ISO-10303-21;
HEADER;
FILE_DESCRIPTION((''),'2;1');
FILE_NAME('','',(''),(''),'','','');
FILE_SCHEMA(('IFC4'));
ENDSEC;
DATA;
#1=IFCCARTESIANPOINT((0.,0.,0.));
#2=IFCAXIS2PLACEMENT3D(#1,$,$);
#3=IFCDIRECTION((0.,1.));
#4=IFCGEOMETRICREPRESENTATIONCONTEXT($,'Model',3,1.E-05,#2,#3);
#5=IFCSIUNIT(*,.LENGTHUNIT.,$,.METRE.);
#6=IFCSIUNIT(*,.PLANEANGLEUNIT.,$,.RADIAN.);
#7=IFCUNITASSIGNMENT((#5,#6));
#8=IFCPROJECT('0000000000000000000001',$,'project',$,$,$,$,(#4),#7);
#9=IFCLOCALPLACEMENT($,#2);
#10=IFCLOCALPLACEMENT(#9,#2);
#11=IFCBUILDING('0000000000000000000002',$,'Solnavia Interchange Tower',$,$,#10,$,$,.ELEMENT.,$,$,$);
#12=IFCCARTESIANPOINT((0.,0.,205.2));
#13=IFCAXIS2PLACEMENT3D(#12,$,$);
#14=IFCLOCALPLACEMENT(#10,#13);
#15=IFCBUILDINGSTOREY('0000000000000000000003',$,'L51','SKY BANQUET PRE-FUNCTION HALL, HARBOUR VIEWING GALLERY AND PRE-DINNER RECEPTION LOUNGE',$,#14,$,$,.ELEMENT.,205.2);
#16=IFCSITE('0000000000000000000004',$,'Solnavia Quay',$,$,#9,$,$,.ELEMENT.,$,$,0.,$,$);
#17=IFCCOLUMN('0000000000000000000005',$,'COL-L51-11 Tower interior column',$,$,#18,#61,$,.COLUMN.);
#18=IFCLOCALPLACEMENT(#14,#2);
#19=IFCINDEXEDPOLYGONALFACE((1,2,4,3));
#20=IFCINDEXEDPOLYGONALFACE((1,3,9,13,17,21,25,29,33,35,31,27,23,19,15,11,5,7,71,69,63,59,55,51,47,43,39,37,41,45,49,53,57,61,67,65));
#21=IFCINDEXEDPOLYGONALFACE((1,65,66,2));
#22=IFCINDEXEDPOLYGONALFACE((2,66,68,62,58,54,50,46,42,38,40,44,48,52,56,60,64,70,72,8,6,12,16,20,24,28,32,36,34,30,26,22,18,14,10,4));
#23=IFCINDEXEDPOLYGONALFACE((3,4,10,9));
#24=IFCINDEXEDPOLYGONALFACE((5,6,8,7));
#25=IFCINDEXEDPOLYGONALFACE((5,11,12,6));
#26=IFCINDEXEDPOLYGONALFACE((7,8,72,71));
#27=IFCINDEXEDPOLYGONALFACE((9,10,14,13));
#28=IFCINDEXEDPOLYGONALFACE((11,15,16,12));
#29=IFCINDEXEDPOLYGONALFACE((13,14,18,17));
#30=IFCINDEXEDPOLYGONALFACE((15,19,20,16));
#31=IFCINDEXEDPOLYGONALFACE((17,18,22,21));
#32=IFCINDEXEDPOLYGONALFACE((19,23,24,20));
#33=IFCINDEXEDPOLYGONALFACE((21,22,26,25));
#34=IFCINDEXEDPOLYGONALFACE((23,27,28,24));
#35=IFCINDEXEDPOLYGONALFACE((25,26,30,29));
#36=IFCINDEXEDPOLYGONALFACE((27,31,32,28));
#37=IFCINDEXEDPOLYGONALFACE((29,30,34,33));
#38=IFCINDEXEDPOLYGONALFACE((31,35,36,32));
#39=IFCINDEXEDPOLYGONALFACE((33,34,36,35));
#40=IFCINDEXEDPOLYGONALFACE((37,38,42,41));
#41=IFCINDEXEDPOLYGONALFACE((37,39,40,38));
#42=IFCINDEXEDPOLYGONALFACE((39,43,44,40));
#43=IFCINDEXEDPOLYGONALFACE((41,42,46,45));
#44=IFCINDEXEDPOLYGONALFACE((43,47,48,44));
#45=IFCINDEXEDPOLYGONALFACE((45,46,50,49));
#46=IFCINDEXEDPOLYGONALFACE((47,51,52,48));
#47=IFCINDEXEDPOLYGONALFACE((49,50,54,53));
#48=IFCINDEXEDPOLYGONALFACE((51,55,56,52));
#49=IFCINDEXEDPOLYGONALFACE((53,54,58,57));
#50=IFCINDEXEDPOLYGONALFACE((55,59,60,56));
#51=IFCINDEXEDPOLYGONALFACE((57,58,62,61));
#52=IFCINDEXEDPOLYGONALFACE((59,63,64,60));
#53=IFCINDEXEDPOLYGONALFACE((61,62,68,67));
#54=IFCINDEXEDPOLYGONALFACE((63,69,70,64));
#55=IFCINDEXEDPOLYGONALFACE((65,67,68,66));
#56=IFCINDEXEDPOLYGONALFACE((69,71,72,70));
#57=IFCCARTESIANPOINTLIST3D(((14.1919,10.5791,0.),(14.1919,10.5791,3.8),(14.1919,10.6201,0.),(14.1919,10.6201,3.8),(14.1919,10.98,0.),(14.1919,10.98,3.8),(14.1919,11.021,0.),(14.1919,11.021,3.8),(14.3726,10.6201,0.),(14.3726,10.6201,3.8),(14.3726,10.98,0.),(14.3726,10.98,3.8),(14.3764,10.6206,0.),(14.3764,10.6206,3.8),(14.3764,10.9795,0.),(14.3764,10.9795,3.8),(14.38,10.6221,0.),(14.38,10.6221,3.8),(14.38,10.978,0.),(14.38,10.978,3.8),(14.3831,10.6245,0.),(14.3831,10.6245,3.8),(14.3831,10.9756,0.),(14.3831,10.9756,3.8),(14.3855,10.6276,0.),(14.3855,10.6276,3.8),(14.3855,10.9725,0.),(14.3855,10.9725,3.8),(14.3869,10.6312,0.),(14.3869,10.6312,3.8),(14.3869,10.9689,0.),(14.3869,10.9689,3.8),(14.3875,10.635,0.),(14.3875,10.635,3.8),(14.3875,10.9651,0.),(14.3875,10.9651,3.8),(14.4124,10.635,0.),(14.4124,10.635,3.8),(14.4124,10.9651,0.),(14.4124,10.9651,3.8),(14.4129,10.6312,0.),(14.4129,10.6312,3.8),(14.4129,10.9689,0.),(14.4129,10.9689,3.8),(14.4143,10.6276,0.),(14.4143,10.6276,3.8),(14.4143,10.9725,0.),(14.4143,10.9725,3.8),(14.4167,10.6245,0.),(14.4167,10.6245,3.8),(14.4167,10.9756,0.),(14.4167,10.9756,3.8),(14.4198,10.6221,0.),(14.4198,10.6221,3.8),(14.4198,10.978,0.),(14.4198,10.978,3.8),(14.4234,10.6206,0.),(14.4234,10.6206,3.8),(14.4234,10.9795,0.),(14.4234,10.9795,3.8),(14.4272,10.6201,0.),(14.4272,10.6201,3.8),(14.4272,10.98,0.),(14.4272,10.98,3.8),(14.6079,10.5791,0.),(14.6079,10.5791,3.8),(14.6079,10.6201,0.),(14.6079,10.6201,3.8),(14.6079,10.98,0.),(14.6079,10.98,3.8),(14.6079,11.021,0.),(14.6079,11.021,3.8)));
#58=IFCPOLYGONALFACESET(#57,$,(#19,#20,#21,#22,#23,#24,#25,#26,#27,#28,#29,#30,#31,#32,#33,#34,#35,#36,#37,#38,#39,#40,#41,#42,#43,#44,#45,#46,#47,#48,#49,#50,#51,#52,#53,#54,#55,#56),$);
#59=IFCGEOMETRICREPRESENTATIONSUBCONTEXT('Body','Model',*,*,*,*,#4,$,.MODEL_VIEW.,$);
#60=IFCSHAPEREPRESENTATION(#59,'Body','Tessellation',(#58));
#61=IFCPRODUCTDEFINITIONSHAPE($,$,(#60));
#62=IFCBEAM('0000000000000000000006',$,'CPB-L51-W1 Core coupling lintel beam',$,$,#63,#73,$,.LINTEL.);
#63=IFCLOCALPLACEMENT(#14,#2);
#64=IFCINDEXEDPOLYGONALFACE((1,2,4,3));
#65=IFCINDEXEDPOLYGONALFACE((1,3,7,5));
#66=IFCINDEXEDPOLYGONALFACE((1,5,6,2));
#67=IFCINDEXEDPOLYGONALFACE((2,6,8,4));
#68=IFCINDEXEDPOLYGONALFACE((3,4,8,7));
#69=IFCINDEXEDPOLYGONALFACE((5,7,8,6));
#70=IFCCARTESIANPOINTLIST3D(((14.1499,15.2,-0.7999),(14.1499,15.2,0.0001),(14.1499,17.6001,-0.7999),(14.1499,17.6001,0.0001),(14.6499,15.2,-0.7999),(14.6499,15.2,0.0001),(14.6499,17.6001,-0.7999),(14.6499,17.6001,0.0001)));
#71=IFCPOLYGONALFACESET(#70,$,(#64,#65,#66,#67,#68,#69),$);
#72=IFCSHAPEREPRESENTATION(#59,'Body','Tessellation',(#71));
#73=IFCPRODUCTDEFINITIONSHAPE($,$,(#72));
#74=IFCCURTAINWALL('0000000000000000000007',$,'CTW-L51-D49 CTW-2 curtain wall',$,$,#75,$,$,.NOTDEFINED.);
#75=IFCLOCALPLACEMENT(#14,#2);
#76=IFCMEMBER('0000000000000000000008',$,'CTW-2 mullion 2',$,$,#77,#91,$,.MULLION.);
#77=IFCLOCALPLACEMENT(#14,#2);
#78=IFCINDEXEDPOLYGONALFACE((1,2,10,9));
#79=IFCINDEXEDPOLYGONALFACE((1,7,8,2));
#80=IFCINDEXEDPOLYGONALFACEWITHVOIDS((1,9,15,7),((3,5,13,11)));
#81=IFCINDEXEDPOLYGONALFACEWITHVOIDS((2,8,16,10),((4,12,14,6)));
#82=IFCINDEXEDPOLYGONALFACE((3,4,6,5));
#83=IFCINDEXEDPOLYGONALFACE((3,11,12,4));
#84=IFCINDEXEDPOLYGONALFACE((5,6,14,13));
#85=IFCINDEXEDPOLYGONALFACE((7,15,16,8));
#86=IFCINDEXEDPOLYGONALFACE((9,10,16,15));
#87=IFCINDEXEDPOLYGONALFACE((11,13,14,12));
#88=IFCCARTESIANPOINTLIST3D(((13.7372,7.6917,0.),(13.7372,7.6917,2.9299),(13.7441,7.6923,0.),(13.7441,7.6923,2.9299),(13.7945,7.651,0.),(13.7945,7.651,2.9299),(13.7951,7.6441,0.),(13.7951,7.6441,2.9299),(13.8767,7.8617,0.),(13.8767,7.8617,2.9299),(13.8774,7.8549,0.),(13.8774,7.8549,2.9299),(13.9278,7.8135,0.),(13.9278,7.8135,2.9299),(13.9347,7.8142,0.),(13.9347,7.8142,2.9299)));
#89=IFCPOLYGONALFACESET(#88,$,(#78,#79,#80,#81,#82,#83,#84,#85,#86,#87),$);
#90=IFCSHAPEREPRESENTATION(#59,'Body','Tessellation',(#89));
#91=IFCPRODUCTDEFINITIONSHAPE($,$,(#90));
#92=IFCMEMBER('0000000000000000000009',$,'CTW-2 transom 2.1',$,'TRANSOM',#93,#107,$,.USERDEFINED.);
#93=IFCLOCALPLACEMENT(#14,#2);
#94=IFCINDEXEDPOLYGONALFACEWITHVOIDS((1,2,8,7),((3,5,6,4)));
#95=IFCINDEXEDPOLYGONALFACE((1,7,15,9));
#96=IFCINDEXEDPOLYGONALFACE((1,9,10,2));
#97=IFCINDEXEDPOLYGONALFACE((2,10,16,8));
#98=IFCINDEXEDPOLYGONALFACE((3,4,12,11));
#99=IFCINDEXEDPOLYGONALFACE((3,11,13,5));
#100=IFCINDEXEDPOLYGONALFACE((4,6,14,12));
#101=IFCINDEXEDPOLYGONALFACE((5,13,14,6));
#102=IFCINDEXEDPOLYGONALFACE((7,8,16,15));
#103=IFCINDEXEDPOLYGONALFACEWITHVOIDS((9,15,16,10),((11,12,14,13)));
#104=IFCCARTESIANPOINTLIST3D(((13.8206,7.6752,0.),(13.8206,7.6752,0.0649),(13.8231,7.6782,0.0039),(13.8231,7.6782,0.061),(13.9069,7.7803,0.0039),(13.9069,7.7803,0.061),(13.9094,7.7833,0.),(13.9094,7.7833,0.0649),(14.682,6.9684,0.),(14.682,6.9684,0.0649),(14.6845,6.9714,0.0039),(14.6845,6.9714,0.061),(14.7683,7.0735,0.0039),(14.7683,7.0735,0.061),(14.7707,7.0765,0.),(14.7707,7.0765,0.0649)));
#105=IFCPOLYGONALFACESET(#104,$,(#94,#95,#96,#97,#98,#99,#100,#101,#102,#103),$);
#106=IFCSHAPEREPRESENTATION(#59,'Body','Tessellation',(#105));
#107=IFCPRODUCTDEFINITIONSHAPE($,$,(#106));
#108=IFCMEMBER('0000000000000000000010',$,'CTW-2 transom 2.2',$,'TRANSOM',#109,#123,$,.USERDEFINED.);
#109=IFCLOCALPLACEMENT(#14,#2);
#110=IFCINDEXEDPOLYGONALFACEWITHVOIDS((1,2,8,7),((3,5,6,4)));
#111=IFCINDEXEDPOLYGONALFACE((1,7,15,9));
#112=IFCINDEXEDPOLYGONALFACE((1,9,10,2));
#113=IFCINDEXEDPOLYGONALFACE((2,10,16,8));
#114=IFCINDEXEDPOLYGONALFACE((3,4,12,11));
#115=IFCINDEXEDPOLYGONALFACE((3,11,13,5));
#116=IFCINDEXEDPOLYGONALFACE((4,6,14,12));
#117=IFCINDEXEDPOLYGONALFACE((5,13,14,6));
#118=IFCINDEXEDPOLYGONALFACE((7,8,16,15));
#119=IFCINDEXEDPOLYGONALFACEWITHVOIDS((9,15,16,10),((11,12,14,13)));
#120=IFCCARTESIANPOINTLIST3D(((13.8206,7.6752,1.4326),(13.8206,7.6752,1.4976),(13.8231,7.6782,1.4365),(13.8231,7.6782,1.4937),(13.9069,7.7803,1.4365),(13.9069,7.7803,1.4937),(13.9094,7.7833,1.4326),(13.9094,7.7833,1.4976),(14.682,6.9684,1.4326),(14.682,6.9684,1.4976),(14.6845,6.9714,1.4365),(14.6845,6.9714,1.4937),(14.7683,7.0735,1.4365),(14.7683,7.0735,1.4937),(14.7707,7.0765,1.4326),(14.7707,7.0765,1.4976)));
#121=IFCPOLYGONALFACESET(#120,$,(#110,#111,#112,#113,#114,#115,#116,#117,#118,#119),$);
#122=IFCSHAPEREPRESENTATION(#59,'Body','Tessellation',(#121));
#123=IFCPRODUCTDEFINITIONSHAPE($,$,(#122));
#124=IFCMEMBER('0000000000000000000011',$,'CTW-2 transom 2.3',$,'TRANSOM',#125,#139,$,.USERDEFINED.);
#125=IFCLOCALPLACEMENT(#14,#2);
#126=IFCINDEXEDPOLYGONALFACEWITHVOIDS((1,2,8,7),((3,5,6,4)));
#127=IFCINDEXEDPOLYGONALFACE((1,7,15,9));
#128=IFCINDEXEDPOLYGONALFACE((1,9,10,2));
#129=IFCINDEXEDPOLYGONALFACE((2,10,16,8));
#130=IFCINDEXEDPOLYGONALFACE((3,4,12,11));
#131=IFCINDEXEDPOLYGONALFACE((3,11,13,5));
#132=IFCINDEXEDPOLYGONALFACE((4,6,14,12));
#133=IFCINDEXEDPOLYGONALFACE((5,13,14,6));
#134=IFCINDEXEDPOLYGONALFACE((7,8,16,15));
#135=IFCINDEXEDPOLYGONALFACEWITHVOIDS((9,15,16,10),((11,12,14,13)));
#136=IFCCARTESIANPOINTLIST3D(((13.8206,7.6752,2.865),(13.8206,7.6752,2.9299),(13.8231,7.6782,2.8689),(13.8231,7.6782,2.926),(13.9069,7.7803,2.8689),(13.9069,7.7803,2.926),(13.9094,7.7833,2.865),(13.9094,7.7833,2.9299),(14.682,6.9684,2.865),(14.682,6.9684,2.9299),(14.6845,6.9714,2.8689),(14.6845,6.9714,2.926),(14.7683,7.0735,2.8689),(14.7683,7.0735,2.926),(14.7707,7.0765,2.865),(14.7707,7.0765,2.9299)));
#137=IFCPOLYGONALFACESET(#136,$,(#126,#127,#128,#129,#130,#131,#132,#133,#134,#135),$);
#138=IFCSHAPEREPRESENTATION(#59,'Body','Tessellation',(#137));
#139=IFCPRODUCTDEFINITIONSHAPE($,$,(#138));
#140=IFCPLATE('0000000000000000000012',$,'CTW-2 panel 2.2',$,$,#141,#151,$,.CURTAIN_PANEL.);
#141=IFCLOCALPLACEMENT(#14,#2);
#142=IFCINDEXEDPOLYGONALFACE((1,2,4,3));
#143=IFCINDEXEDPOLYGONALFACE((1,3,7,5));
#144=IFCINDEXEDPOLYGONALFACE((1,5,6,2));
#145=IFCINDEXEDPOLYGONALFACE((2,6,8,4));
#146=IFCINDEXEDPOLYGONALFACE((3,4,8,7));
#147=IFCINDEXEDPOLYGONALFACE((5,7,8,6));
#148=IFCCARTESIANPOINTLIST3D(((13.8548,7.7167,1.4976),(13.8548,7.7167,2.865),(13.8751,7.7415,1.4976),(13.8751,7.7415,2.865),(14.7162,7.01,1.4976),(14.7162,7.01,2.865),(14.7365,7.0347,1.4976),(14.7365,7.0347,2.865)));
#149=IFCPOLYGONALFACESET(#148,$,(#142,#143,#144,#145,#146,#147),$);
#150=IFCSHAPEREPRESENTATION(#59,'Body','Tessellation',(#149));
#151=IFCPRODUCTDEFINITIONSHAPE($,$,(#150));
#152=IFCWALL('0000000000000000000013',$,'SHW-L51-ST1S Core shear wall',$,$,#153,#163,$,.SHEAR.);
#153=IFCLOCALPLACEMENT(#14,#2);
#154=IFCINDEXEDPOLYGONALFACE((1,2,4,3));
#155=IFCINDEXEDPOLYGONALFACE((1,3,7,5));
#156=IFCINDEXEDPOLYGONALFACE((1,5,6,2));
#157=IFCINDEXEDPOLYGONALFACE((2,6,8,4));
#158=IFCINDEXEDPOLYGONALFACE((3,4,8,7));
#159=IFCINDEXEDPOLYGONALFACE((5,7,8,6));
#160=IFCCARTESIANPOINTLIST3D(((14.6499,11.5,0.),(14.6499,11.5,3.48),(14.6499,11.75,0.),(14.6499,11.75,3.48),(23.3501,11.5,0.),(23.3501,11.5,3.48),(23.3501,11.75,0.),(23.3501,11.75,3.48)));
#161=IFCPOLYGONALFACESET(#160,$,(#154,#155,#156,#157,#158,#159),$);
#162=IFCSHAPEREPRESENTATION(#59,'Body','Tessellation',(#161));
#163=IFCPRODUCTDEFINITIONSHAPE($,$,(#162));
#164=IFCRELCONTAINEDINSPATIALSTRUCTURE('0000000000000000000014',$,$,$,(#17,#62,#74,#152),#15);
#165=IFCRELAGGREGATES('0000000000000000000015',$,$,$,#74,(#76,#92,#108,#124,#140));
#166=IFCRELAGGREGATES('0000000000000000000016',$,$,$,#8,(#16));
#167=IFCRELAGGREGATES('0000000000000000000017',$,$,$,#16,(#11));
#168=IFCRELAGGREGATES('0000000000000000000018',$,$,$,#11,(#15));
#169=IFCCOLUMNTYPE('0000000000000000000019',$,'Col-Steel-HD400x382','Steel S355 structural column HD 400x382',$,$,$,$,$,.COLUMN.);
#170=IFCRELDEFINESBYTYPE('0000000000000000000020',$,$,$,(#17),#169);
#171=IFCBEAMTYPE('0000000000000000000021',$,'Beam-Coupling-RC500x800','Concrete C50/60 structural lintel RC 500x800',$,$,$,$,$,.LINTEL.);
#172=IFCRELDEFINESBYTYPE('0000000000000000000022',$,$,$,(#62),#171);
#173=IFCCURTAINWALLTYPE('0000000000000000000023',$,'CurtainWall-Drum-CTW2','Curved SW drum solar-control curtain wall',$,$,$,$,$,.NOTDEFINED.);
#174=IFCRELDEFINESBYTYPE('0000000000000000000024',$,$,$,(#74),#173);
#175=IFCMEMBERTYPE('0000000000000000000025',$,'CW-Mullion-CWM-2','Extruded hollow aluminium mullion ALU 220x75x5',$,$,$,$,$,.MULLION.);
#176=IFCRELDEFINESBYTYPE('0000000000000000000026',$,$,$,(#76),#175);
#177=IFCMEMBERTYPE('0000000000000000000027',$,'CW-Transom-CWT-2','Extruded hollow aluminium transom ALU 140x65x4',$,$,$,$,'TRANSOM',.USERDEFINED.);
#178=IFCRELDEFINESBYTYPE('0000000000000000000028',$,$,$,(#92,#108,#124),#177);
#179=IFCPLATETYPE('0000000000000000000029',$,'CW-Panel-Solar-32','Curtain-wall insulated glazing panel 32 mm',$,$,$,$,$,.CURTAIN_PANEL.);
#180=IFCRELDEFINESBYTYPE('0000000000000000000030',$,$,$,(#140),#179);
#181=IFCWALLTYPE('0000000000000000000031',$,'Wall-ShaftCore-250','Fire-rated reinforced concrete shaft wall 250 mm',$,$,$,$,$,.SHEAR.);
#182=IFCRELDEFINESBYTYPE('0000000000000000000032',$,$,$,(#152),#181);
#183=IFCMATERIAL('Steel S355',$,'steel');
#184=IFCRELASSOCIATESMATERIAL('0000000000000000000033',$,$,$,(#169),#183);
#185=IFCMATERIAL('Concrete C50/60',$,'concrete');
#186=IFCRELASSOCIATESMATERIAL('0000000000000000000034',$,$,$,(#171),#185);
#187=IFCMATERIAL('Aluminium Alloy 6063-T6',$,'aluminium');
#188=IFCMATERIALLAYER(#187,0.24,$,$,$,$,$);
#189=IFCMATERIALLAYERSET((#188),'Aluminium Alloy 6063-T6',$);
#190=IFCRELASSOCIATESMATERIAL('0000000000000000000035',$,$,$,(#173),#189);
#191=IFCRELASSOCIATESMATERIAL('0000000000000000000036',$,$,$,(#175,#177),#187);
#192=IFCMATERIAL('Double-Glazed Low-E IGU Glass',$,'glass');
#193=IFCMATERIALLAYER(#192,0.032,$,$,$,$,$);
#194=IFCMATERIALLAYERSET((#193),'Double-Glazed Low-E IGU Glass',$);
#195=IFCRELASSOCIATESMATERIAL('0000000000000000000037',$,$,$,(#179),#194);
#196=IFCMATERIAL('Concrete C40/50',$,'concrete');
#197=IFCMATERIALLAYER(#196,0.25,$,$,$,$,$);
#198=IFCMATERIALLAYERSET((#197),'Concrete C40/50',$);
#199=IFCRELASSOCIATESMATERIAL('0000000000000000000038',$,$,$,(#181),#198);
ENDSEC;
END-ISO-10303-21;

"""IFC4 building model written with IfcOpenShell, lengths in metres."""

from ifc_helpers import new_model, si_unit, direction, frame, frame_2d, origin, origin_2d, place, context, subcontext, project, spatial, rectangle, hollow_rectangle, i_section, extrude, material, layer, layer_set, material_profile, profile_set, type_object, element, aggregate, save


model = new_model("IFC4")

# Units and contexts
model_context = context("Model", 3, precision=1e-05, world=origin(), true_north=direction((0.0, 1.0)))
body_context = subcontext(model_context, "Body", "Model", "MODEL_VIEW")
ifc_project = project(units=[si_unit("LENGTHUNIT", "METRE"), si_unit("PLANEANGLEUNIT", "RADIAN")], contexts=[model_context])

# Site, building, storey
site_placement = place(None, origin())
site = spatial("IfcSite", under=ifc_project, at=site_placement, Name="Solnavia Quay", CompositionType="ELEMENT", RefElevation=0.0)
building_placement = place(site_placement, origin())
building = spatial("IfcBuilding", under=site, at=building_placement, Name="Solnavia Interchange Tower", CompositionType="ELEMENT")
storey_placement = place(building_placement, frame((0.0, 0.0, 205.2)))
storey = spatial("IfcBuildingStorey", under=building, at=storey_placement, Name="L51", Description="SKY BANQUET PRE-FUNCTION HALL, HARBOUR VIEWING GALLERY AND PRE-DINNER RECEPTION LOUNGE", CompositionType="ELEMENT", Elevation=205.2)

# Column
ifc_material_1 = material(Name="Steel S355", Category="steel")
ifc_material_profile_1 = material_profile(ifc_material_1, i_section(OverallWidth=0.416, OverallDepth=0.4419, WebThickness=0.0249, FlangeThickness=0.041, FilletRadius=0.0149, at=origin_2d()), Name="HD 400x382")
ifc_profile_set_1 = profile_set([ifc_material_profile_1], Name="Steel S355")
column_type = type_object("IfcColumnType", Name="Col-Steel-HD400x382", Description="Steel S355 structural column HD 400x382", PredefinedType="COLUMN", material=ifc_profile_set_1)
column_placement = place(storey_placement, frame((14.3999, 10.8, 0.0), z_axis=(0.0, 0.0, 1.0), x_axis=(1.0, 0.0, 0.0)))
element("IfcColumn", 1, at=column_placement, inside=storey, type_object=column_type, Name="COL-L51-11 Tower interior column", PredefinedType="COLUMN", context=body_context, shape_type="SweptSolid", body=[
    extrude(i_section(OverallWidth=0.416, OverallDepth=0.4419, WebThickness=0.0249, FlangeThickness=0.041, FilletRadius=0.0149, at=origin_2d()), origin(), (0.0, 0.0, 1.0), 3.8),
])

# Beam
ifc_material_2 = material(Name="Concrete C50/60", Category="concrete")
ifc_material_profile_2 = material_profile(ifc_material_2, rectangle(XDim=0.5, YDim=0.8, at=origin_2d()), Name="RC 500x800")
ifc_profile_set_2 = profile_set([ifc_material_profile_2], Name="Concrete C50/60")
beam_type = type_object("IfcBeamType", Name="Beam-Coupling-RC500x800", Description="Concrete C50/60 structural lintel RC 500x800", PredefinedType="LINTEL", material=ifc_profile_set_2)
beam_placement = place(storey_placement, frame((14.3999, 15.2, -0.3999), z_axis=(0.0, 1.0, 0.0), x_axis=(-1.0, 0.0, 0.0)))
element("IfcBeam", 2, at=beam_placement, inside=storey, type_object=beam_type, Name="CPB-L51-W1 Core coupling lintel beam", PredefinedType="LINTEL", context=body_context, shape_type="SweptSolid", body=[
    extrude(rectangle(XDim=0.5, YDim=0.8, at=origin_2d()), origin(), (0.0, 0.0, 1.0), 2.4001),
])

# Curtain wall, members, plate
ifc_material_3 = material(Name="Aluminium Alloy 6063-T6", Category="aluminium")
ifc_layer_1 = layer(ifc_material_3, 0.24)
ifc_layer_set_1 = layer_set([ifc_layer_1], Name="Aluminium Alloy 6063-T6")
curtain_wall_type = type_object("IfcCurtainWallType", Name="CurtainWall-Drum-CTW2", Description="Curved SW drum solar-control curtain wall", PredefinedType="NOTDEFINED", material=ifc_layer_set_1)
curtain_wall_placement = place(storey_placement, origin())
curtain_wall = element("IfcCurtainWall", 3, at=curtain_wall_placement, inside=storey, type_object=curtain_wall_type, Name="CTW-L51-D49 CTW-2 curtain wall", PredefinedType="NOTDEFINED")
ifc_material_profile_3 = material_profile(ifc_material_3, hollow_rectangle(XDim=0.075, YDim=0.22, WallThickness=0.0049, at=origin_2d()), Name="ALU 220x75x5")
ifc_profile_set_3 = profile_set([ifc_material_profile_3], Name="Aluminium Alloy 6063-T6")
member_type_1 = type_object("IfcMemberType", Name="CW-Mullion-CWM-2", Description="Extruded hollow aluminium mullion ALU 220x75x5", PredefinedType="MULLION", material=ifc_profile_set_3)
member_1_placement = place(storey_placement, frame((13.8359, 7.7529, 0.0), z_axis=(0.0, 0.0, 1.0), x_axis=(0.773103, -0.63428, 0.0)))
member_1 = element("IfcMember", 4, at=member_1_placement, type_object=member_type_1, Name="CTW-2 mullion 2", PredefinedType="MULLION", context=body_context, shape_type="SweptSolid", body=[
    extrude(hollow_rectangle(XDim=0.075, YDim=0.22, WallThickness=0.0049, at=origin_2d()), origin(), (0.0, 0.0, 1.0), 2.9299),
])
ifc_material_profile_4 = material_profile(ifc_material_3, hollow_rectangle(XDim=0.0649, YDim=0.1399, WallThickness=0.0039, at=origin_2d()), Name="ALU 140x65x4")
ifc_profile_set_4 = profile_set([ifc_material_profile_4], Name="Aluminium Alloy 6063-T6")
member_type_2 = type_object("IfcMemberType", Name="CW-Transom-CWT-2", Description="Extruded hollow aluminium transom ALU 140x65x4", ElementType="TRANSOM", PredefinedType="USERDEFINED", material=ifc_profile_set_4)
member_2_placement = place(storey_placement, frame((13.865, 7.7292, 0.0325), z_axis=(0.773049, -0.634347, 0.0), x_axis=(0.0, 0.0, 1.0)))
member_2 = element("IfcMember", 5, at=member_2_placement, type_object=member_type_2, Name="CTW-2 transom 2.1", ObjectType="TRANSOM", PredefinedType="USERDEFINED", context=body_context, shape_type="SweptSolid", body=[
    extrude(hollow_rectangle(XDim=0.0649, YDim=0.1399, WallThickness=0.0039, at=origin_2d()), origin(), (0.0, 0.0, 1.0), 1.1143),
])
member_3_placement = place(storey_placement, frame((13.865, 7.7292, 1.4651), z_axis=(0.773049, -0.634347, 0.0), x_axis=(0.0, 0.0, 1.0)))
member_3 = element("IfcMember", 6, at=member_3_placement, type_object=member_type_2, Name="CTW-2 transom 2.2", ObjectType="TRANSOM", PredefinedType="USERDEFINED", context=body_context, shape_type="SweptSolid", body=[
    extrude(hollow_rectangle(XDim=0.0649, YDim=0.1399, WallThickness=0.0039, at=origin_2d()), origin(), (0.0, 0.0, 1.0), 1.1143),
])
member_4_placement = place(storey_placement, frame((13.865, 7.7292, 2.8975), z_axis=(0.773049, -0.634347, 0.0), x_axis=(0.0, 0.0, 1.0)))
member_4 = element("IfcMember", 7, at=member_4_placement, type_object=member_type_2, Name="CTW-2 transom 2.3", ObjectType="TRANSOM", PredefinedType="USERDEFINED", context=body_context, shape_type="SweptSolid", body=[
    extrude(hollow_rectangle(XDim=0.0649, YDim=0.1399, WallThickness=0.0039, at=origin_2d()), origin(), (0.0, 0.0, 1.0), 1.1143),
])
ifc_material_4 = material(Name="Double-Glazed Low-E IGU Glass", Category="glass")
ifc_layer_2 = layer(ifc_material_4, 0.032)
ifc_layer_set_2 = layer_set([ifc_layer_2], Name="Double-Glazed Low-E IGU Glass")
plate_type = type_object("IfcPlateType", Name="CW-Panel-Solar-32", Description="Curtain-wall insulated glazing panel 32 mm", PredefinedType="CURTAIN_PANEL", material=ifc_layer_set_2)
plate_placement = place(storey_placement, frame((14.2957, 7.3757, 1.4976), z_axis=(0.0, 0.0, 1.0), x_axis=(0.773103, -0.63428, 0.0)))
plate = element("IfcPlate", 8, at=plate_placement, type_object=plate_type, Name="CTW-2 panel 2.2", PredefinedType="CURTAIN_PANEL", context=body_context, shape_type="SweptSolid", body=[
    extrude(rectangle(XDim=1.1143, YDim=0.032, at=origin_2d()), origin(), (0.0, 0.0, 1.0), 1.3674),
])
aggregate(curtain_wall, [member_1, member_2, member_3, member_4, plate])

# Wall
ifc_material_5 = material(Name="Concrete C40/50", Category="concrete")
ifc_layer_3 = layer(ifc_material_5, 0.25)
ifc_layer_set_3 = layer_set([ifc_layer_3], Name="Concrete C40/50")
wall_type_1 = type_object("IfcWallType", Name="Wall-ShaftCore-250", Description="Fire-rated reinforced concrete shaft wall 250 mm", PredefinedType="SHEAR", material=ifc_layer_set_3)
wall_1_placement = place(storey_placement, frame((14.6499, 11.625, 0.0), z_axis=(0.0, 0.0, 1.0), x_axis=(1.0, 0.0, 0.0)))
element("IfcWall", 9, at=wall_1_placement, inside=storey, type_object=wall_type_1, Name="SHW-L51-ST1S Core shear wall", PredefinedType="SHEAR", context=body_context, shape_type="SweptSolid", body=[
    extrude(rectangle(XDim=8.7002, YDim=0.25, at=frame_2d((4.3501, 0.0))), origin(), (0.0, 0.0, 1.0), 3.48),
])

save(model, "model.ifc")
